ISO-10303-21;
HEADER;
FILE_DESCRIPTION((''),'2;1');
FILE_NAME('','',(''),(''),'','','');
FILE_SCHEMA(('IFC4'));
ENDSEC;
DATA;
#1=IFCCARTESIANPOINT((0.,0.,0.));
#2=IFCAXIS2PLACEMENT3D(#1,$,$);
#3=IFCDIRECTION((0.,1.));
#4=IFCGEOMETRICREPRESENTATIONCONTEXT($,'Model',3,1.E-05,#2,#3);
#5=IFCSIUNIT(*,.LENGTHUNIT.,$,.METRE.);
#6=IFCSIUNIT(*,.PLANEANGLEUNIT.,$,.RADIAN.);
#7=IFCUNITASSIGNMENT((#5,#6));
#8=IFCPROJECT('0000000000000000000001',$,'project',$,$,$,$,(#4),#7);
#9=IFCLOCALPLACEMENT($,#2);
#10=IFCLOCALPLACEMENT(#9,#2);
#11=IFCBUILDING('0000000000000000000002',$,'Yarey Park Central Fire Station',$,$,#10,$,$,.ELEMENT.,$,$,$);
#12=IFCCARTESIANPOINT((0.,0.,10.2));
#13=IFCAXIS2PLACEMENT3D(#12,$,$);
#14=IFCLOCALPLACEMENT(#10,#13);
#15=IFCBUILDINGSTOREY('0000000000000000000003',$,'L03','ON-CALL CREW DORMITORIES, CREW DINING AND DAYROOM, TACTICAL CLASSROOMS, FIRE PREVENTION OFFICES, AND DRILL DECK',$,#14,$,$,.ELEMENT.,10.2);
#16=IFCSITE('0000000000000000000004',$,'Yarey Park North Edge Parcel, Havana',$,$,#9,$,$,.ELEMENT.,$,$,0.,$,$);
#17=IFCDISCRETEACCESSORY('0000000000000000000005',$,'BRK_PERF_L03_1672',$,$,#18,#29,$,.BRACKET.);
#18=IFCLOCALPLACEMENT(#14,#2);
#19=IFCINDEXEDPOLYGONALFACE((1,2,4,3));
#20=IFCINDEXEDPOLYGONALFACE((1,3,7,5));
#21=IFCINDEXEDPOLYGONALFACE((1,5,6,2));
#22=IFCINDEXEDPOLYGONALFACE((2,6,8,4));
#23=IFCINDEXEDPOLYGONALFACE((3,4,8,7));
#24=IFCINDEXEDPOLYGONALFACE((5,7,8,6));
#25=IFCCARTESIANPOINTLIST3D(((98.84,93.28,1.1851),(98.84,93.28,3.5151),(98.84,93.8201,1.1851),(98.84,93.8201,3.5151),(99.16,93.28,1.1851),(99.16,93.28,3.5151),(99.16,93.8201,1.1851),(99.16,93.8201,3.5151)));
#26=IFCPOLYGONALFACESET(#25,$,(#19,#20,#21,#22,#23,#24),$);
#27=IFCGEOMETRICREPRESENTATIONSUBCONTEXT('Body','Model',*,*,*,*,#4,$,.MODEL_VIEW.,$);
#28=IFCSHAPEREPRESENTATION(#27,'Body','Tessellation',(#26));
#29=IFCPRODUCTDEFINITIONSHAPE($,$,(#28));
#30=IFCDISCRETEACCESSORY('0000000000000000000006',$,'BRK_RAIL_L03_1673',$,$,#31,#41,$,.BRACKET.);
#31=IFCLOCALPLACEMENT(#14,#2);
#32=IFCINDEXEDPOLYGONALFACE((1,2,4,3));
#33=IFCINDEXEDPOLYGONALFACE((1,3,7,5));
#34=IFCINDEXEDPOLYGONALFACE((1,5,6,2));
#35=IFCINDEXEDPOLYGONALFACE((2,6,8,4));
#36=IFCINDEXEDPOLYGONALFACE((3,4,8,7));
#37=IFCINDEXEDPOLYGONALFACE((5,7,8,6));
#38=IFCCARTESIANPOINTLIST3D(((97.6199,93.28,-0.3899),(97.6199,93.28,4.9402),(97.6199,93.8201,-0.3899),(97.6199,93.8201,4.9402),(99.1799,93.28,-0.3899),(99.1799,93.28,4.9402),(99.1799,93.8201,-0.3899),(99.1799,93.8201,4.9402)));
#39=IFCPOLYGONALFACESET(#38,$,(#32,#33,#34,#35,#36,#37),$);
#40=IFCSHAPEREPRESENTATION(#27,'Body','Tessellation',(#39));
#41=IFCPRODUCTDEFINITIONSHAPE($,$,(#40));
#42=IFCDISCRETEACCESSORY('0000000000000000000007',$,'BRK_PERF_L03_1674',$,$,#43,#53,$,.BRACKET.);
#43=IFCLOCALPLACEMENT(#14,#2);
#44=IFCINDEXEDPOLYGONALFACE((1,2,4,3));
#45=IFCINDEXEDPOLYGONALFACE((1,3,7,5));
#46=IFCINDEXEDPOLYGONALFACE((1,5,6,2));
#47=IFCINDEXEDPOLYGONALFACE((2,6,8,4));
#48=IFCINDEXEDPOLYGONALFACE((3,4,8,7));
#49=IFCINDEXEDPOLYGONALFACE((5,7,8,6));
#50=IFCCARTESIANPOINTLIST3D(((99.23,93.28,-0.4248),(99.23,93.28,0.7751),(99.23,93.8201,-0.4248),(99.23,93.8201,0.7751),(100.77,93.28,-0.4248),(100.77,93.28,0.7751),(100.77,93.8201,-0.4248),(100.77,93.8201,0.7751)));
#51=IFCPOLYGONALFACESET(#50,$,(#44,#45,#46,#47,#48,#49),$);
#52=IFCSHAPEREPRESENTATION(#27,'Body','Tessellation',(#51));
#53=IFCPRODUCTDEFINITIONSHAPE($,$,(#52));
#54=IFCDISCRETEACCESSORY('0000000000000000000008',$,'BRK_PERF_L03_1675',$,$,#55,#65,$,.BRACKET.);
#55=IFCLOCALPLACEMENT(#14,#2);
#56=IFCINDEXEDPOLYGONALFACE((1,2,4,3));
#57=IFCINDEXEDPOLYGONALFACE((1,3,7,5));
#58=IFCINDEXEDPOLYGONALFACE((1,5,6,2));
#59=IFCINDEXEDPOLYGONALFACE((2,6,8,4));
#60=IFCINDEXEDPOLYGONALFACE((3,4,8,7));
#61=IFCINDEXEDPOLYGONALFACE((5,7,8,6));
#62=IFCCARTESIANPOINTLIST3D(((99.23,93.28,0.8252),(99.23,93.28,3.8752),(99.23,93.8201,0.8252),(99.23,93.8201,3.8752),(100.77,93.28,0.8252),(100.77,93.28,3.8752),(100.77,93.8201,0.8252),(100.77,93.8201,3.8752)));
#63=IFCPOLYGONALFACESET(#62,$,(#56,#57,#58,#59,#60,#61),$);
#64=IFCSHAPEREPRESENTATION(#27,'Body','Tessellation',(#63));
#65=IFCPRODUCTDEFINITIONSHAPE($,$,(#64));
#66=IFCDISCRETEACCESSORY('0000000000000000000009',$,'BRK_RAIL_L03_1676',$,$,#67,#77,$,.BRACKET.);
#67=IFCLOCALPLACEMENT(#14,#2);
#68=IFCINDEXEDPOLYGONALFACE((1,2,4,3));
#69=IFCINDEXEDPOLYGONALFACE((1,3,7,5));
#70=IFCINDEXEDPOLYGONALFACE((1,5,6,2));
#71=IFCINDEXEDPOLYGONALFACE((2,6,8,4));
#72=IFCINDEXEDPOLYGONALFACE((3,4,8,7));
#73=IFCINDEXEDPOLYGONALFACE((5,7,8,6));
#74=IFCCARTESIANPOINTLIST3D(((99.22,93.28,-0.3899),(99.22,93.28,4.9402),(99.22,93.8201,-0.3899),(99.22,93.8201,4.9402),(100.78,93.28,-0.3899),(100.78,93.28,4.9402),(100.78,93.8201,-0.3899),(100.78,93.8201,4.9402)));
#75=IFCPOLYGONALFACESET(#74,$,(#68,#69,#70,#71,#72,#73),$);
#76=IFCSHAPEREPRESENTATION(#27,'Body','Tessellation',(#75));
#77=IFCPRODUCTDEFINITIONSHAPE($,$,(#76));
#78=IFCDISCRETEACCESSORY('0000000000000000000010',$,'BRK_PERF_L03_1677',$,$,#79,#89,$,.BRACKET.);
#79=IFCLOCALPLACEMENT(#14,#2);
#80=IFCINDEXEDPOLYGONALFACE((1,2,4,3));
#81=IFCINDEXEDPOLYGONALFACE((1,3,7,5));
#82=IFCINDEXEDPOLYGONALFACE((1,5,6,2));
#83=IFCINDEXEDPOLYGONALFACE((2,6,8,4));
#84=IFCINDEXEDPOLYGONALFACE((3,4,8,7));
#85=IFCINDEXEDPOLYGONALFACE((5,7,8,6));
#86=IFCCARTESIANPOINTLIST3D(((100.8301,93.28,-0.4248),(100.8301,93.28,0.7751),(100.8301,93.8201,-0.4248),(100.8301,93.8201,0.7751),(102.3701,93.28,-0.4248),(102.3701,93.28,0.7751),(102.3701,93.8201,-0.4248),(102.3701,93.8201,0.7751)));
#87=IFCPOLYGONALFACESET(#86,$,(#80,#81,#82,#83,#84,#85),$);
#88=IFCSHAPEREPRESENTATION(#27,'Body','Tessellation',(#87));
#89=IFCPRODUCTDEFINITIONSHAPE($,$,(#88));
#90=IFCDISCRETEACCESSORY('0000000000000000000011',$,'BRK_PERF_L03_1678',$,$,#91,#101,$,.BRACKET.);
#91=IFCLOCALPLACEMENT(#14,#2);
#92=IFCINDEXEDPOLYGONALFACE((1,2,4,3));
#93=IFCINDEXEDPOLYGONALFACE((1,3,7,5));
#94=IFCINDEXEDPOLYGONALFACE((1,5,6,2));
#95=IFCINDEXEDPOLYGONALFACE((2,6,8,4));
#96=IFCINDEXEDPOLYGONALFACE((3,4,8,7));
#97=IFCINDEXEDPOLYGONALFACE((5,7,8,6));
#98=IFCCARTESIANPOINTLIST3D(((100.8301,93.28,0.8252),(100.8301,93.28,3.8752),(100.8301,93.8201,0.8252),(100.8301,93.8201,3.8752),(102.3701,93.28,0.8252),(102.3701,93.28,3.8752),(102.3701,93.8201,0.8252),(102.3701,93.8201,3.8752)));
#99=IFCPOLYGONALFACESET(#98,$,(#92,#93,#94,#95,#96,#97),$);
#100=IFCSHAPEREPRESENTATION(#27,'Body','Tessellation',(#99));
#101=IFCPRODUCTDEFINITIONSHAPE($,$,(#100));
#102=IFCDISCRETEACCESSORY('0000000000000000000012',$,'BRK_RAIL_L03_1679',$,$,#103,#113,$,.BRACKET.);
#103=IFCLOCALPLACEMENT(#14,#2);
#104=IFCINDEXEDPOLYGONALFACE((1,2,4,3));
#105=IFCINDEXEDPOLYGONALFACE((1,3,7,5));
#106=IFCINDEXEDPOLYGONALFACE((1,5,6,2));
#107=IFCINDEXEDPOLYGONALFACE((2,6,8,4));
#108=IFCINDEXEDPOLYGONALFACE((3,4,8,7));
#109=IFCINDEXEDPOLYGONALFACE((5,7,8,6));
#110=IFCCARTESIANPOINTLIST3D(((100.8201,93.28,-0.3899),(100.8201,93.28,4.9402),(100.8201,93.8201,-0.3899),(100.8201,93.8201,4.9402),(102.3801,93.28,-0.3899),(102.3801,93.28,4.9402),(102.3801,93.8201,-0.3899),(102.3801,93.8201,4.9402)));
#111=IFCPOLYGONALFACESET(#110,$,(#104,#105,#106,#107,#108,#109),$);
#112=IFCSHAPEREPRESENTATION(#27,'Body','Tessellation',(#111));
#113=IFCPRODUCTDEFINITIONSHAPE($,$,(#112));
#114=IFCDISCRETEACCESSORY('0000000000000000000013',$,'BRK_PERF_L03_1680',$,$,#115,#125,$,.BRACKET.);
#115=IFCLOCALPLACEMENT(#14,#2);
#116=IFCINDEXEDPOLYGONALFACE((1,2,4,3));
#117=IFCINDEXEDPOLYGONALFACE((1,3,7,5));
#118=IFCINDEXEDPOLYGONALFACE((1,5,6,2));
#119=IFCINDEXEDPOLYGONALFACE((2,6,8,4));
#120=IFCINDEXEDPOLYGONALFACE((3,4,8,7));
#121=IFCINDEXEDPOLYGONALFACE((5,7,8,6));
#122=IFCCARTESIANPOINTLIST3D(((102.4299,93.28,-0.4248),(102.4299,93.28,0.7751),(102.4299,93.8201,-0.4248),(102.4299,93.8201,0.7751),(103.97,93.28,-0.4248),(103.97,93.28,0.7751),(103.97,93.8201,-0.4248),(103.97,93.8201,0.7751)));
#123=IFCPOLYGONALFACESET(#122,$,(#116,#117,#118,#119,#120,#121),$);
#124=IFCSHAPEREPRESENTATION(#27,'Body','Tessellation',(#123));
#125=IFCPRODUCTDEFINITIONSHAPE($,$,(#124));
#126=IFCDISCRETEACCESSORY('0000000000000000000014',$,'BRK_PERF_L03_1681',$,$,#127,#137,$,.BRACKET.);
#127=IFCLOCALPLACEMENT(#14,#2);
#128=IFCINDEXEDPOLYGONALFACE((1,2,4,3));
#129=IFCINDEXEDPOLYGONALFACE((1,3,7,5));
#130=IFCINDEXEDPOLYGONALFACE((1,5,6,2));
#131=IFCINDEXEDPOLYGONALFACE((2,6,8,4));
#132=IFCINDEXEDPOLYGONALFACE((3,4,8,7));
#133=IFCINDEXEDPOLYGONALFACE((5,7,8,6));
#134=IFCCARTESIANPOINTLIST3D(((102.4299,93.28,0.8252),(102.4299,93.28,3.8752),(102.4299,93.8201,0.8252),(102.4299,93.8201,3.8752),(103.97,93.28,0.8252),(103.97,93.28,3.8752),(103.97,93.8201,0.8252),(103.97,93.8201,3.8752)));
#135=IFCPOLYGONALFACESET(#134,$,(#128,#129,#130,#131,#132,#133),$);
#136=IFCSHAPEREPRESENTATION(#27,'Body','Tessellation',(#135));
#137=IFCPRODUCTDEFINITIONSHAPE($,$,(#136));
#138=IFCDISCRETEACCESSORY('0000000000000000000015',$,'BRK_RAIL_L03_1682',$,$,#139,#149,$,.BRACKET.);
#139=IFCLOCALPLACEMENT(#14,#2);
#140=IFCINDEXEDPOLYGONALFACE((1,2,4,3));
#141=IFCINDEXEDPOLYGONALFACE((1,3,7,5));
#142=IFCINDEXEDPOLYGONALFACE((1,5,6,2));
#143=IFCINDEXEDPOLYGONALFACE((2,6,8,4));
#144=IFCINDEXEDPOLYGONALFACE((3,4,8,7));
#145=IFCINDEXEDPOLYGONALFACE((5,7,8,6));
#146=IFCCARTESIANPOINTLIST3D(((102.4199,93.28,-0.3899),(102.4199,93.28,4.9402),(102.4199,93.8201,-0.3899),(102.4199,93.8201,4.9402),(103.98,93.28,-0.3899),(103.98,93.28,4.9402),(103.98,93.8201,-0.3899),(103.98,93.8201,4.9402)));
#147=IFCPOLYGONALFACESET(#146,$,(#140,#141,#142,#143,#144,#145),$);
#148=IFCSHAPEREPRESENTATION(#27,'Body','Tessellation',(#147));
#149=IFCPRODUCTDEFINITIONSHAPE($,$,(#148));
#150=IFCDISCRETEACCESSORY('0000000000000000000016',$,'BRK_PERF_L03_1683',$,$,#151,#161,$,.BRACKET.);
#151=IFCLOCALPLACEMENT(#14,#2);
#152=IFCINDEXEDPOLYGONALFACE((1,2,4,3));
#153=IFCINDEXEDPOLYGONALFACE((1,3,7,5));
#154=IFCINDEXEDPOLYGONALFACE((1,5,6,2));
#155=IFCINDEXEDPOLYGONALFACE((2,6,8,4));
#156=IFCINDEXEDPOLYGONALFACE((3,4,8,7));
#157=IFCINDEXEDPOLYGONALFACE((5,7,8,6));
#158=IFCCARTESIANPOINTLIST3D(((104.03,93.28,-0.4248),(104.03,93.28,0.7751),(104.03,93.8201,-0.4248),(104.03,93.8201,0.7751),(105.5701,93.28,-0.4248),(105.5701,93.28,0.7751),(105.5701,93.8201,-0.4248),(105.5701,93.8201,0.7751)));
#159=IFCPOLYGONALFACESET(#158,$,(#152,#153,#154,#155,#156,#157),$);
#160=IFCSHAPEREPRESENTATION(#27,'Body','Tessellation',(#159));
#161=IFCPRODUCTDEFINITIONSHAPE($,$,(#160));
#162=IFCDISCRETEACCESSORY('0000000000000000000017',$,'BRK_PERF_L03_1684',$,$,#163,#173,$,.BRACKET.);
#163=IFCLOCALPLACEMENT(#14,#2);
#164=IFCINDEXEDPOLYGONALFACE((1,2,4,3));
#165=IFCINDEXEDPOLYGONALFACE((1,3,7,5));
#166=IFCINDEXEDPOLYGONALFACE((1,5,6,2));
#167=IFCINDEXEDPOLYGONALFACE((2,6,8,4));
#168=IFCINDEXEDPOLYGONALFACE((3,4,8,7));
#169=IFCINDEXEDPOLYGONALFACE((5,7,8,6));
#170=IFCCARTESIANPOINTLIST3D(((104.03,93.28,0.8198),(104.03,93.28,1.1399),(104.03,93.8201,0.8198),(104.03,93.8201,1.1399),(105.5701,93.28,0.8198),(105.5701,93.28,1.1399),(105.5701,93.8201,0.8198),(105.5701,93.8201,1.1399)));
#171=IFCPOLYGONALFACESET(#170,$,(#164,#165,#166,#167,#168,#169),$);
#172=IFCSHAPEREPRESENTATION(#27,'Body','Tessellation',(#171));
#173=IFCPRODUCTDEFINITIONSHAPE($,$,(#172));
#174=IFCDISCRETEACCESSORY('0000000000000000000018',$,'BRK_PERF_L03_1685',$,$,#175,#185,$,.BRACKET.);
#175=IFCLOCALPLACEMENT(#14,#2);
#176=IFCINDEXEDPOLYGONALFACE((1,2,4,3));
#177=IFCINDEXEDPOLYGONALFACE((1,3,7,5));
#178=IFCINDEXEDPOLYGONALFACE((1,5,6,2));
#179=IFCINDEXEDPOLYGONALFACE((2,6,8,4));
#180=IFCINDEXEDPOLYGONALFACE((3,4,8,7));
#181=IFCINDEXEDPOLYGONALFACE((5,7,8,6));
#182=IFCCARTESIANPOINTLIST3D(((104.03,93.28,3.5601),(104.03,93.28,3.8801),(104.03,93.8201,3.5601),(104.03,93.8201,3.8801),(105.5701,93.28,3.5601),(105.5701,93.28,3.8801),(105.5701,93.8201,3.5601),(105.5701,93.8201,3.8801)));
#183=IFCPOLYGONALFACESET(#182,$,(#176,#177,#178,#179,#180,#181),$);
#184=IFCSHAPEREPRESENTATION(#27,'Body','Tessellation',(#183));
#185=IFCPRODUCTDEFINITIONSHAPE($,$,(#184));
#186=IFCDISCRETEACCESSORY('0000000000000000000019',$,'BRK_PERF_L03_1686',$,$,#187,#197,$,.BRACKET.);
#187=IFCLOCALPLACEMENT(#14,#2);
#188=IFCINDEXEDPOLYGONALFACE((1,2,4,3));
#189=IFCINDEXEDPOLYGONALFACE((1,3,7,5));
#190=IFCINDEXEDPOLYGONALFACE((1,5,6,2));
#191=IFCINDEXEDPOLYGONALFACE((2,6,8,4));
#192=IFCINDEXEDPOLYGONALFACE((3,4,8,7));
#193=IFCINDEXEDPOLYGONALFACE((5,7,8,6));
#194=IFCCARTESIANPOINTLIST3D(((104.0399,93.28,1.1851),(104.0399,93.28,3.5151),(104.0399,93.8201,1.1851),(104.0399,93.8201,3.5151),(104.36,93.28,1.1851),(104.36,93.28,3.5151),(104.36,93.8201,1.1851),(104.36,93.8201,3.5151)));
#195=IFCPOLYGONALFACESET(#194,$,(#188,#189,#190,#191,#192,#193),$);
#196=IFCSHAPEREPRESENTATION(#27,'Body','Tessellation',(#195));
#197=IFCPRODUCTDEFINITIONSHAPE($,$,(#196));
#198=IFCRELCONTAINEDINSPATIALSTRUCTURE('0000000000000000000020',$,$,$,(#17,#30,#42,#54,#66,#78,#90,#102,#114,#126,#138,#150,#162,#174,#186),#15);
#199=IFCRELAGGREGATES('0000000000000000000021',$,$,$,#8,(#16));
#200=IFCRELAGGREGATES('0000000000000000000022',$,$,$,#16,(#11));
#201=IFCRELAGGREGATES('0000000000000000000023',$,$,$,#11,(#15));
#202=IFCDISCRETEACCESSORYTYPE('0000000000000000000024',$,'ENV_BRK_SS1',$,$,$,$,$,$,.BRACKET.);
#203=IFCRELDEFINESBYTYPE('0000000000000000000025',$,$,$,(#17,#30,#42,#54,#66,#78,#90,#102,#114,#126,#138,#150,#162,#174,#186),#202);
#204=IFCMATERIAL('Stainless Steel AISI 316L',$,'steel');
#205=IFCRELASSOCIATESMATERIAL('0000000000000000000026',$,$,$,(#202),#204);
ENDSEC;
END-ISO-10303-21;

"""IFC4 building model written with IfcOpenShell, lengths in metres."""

from ifc_helpers import new_model, si_unit, direction, frame, origin, origin_2d, place, context, subcontext, project, spatial, rectangle, extrude, material, type_object, element, save


model = new_model("IFC4")

# Units and contexts
model_context = context("Model", 3, precision=1e-05, world=origin(), true_north=direction((0.0, 1.0)))
body_context = subcontext(model_context, "Body", "Model", "MODEL_VIEW")
ifc_project = project(units=[si_unit("LENGTHUNIT", "METRE"), si_unit("PLANEANGLEUNIT", "RADIAN")], contexts=[model_context])

# Site, building, storey
site_placement = place(None, origin())
site = spatial("IfcSite", under=ifc_project, at=site_placement, Name="Yarey Park North Edge Parcel, Havana", CompositionType="ELEMENT", RefElevation=0.0)
building_placement = place(site_placement, origin())
building = spatial("IfcBuilding", under=site, at=building_placement, Name="Yarey Park Central Fire Station", CompositionType="ELEMENT")
storey_placement = place(building_placement, frame((0.0, 0.0, 10.2)))
storey = spatial("IfcBuildingStorey", under=building, at=storey_placement, Name="L03", Description="ON-CALL CREW DORMITORIES, CREW DINING AND DAYROOM, TACTICAL CLASSROOMS, FIRE PREVENTION OFFICES, AND DRILL DECK", CompositionType="ELEMENT", Elevation=10.2)

# Discrete accessories
ifc_material_1 = material(Name="Stainless Steel AISI 316L", Category="steel")
discrete_accessory_type = type_object("IfcDiscreteAccessoryType", Name="ENV_BRK_SS1", PredefinedType="BRACKET", material=ifc_material_1)
for number, where, z_axis, x_axis, name in (
    (1, (99.0, 93.55, 1.1851), (0.0, 0.0, 1.0), (1.0, 0.0, 0.0), "BRK_PERF_L03_1672"),
):
    element("IfcDiscreteAccessory", number, at=place(storey_placement, frame(where, z_axis=z_axis, x_axis=x_axis)), inside=storey, type_object=discrete_accessory_type, Name=name, PredefinedType="BRACKET", context=body_context, shape_type="SweptSolid", body=[
        extrude(rectangle(XDim=0.3201, YDim=0.54, at=origin_2d()), origin(), (0.0, 0.0, 1.0), 2.3301),
    ])
discrete_accessory_1_placement = place(storey_placement, frame((98.3999, 93.55, -0.3899), z_axis=(0.0, 0.0, 1.0), x_axis=(1.0, 0.0, 0.0)))
element("IfcDiscreteAccessory", 2, at=discrete_accessory_1_placement, inside=storey, type_object=discrete_accessory_type, Name="BRK_RAIL_L03_1673", PredefinedType="BRACKET", context=body_context, shape_type="SweptSolid", body=[
    extrude(rectangle(XDim=1.5601, YDim=0.54, at=origin_2d()), origin(), (0.0, 0.0, 1.0), 5.3301),
])
discrete_accessory_2_placement = place(storey_placement, frame((100.0, 93.55, -0.4248), z_axis=(0.0, 0.0, 1.0), x_axis=(1.0, 0.0, 0.0)))
element("IfcDiscreteAccessory", 3, at=discrete_accessory_2_placement, inside=storey, type_object=discrete_accessory_type, Name="BRK_PERF_L03_1674", PredefinedType="BRACKET", context=body_context, shape_type="SweptSolid", body=[
    extrude(rectangle(XDim=1.54, YDim=0.54, at=origin_2d()), origin(), (0.0, 0.0, 1.0), 1.2),
])
discrete_accessory_3_placement = place(storey_placement, frame((100.0, 93.55, 0.8252), z_axis=(0.0, 0.0, 1.0), x_axis=(1.0, 0.0, 0.0)))
element("IfcDiscreteAccessory", 4, at=discrete_accessory_3_placement, inside=storey, type_object=discrete_accessory_type, Name="BRK_PERF_L03_1675", PredefinedType="BRACKET", context=body_context, shape_type="SweptSolid", body=[
    extrude(rectangle(XDim=1.54, YDim=0.54, at=origin_2d()), origin(), (0.0, 0.0, 1.0), 3.05),
])
discrete_accessory_4_placement = place(storey_placement, frame((100.0, 93.55, -0.3899), z_axis=(0.0, 0.0, 1.0), x_axis=(1.0, 0.0, 0.0)))
element("IfcDiscreteAccessory", 5, at=discrete_accessory_4_placement, inside=storey, type_object=discrete_accessory_type, Name="BRK_RAIL_L03_1676", PredefinedType="BRACKET", context=body_context, shape_type="SweptSolid", body=[
    extrude(rectangle(XDim=1.5601, YDim=0.54, at=origin_2d()), origin(), (0.0, 0.0, 1.0), 5.3301),
])
discrete_accessory_5_placement = place(storey_placement, frame((101.6001, 93.55, -0.4248), z_axis=(0.0, 0.0, 1.0), x_axis=(1.0, 0.0, 0.0)))
element("IfcDiscreteAccessory", 6, at=discrete_accessory_5_placement, inside=storey, type_object=discrete_accessory_type, Name="BRK_PERF_L03_1677", PredefinedType="BRACKET", context=body_context, shape_type="SweptSolid", body=[
    extrude(rectangle(XDim=1.54, YDim=0.54, at=origin_2d()), origin(), (0.0, 0.0, 1.0), 1.2),
])
discrete_accessory_6_placement = place(storey_placement, frame((101.6001, 93.55, 0.8252), z_axis=(0.0, 0.0, 1.0), x_axis=(1.0, 0.0, 0.0)))
element("IfcDiscreteAccessory", 7, at=discrete_accessory_6_placement, inside=storey, type_object=discrete_accessory_type, Name="BRK_PERF_L03_1678", PredefinedType="BRACKET", context=body_context, shape_type="SweptSolid", body=[
    extrude(rectangle(XDim=1.54, YDim=0.54, at=origin_2d()), origin(), (0.0, 0.0, 1.0), 3.05),
])
discrete_accessory_7_placement = place(storey_placement, frame((101.6001, 93.55, -0.3899), z_axis=(0.0, 0.0, 1.0), x_axis=(1.0, 0.0, 0.0)))
element("IfcDiscreteAccessory", 8, at=discrete_accessory_7_placement, inside=storey, type_object=discrete_accessory_type, Name="BRK_RAIL_L03_1679", PredefinedType="BRACKET", context=body_context, shape_type="SweptSolid", body=[
    extrude(rectangle(XDim=1.5601, YDim=0.54, at=origin_2d()), origin(), (0.0, 0.0, 1.0), 5.3301),
])
discrete_accessory_8_placement = place(storey_placement, frame((103.2, 93.55, -0.4248), z_axis=(0.0, 0.0, 1.0), x_axis=(1.0, 0.0, 0.0)))
element("IfcDiscreteAccessory", 9, at=discrete_accessory_8_placement, inside=storey, type_object=discrete_accessory_type, Name="BRK_PERF_L03_1680", PredefinedType="BRACKET", context=body_context, shape_type="SweptSolid", body=[
    extrude(rectangle(XDim=1.54, YDim=0.54, at=origin_2d()), origin(), (0.0, 0.0, 1.0), 1.2),
])
discrete_accessory_9_placement = place(storey_placement, frame((103.2, 93.55, 0.8252), z_axis=(0.0, 0.0, 1.0), x_axis=(1.0, 0.0, 0.0)))
element("IfcDiscreteAccessory", 10, at=discrete_accessory_9_placement, inside=storey, type_object=discrete_accessory_type, Name="BRK_PERF_L03_1681", PredefinedType="BRACKET", context=body_context, shape_type="SweptSolid", body=[
    extrude(rectangle(XDim=1.54, YDim=0.54, at=origin_2d()), origin(), (0.0, 0.0, 1.0), 3.05),
])
discrete_accessory_10_placement = place(storey_placement, frame((103.2, 93.55, -0.3899), z_axis=(0.0, 0.0, 1.0), x_axis=(1.0, 0.0, 0.0)))
element("IfcDiscreteAccessory", 11, at=discrete_accessory_10_placement, inside=storey, type_object=discrete_accessory_type, Name="BRK_RAIL_L03_1682", PredefinedType="BRACKET", context=body_context, shape_type="SweptSolid", body=[
    extrude(rectangle(XDim=1.5601, YDim=0.54, at=origin_2d()), origin(), (0.0, 0.0, 1.0), 5.3301),
])
discrete_accessory_11_placement = place(storey_placement, frame((104.8, 93.55, -0.4248), z_axis=(0.0, 0.0, 1.0), x_axis=(1.0, 0.0, 0.0)))
element("IfcDiscreteAccessory", 12, at=discrete_accessory_11_placement, inside=storey, type_object=discrete_accessory_type, Name="BRK_PERF_L03_1683", PredefinedType="BRACKET", context=body_context, shape_type="SweptSolid", body=[
    extrude(rectangle(XDim=1.54, YDim=0.54, at=origin_2d()), origin(), (0.0, 0.0, 1.0), 1.2),
])
for number, where, z_axis, x_axis, name in (
    (13, (104.8, 93.55, 0.8198), (0.0, 0.0, 1.0), (1.0, 0.0, 0.0), "BRK_PERF_L03_1684"),
    (14, (104.8, 93.55, 3.5601), (0.0, 0.0, 1.0), (1.0, 0.0, 0.0), "BRK_PERF_L03_1685"),
):
    element("IfcDiscreteAccessory", number, at=place(storey_placement, frame(where, z_axis=z_axis, x_axis=x_axis)), inside=storey, type_object=discrete_accessory_type, Name=name, PredefinedType="BRACKET", context=body_context, shape_type="SweptSolid", body=[
        extrude(rectangle(XDim=1.54, YDim=0.54, at=origin_2d()), origin(), (0.0, 0.0, 1.0), 0.3201),
    ])
for number, where, z_axis, x_axis, name in (
    (15, (104.2, 93.55, 1.1851), (0.0, 0.0, 1.0), (1.0, 0.0, 0.0), "BRK_PERF_L03_1686"),
):
    element("IfcDiscreteAccessory", number, at=place(storey_placement, frame(where, z_axis=z_axis, x_axis=x_axis)), inside=storey, type_object=discrete_accessory_type, Name=name, PredefinedType="BRACKET", context=body_context, shape_type="SweptSolid", body=[
        extrude(rectangle(XDim=0.3201, YDim=0.54, at=origin_2d()), origin(), (0.0, 0.0, 1.0), 2.3301),
    ])

save(model, "model.ifc")
